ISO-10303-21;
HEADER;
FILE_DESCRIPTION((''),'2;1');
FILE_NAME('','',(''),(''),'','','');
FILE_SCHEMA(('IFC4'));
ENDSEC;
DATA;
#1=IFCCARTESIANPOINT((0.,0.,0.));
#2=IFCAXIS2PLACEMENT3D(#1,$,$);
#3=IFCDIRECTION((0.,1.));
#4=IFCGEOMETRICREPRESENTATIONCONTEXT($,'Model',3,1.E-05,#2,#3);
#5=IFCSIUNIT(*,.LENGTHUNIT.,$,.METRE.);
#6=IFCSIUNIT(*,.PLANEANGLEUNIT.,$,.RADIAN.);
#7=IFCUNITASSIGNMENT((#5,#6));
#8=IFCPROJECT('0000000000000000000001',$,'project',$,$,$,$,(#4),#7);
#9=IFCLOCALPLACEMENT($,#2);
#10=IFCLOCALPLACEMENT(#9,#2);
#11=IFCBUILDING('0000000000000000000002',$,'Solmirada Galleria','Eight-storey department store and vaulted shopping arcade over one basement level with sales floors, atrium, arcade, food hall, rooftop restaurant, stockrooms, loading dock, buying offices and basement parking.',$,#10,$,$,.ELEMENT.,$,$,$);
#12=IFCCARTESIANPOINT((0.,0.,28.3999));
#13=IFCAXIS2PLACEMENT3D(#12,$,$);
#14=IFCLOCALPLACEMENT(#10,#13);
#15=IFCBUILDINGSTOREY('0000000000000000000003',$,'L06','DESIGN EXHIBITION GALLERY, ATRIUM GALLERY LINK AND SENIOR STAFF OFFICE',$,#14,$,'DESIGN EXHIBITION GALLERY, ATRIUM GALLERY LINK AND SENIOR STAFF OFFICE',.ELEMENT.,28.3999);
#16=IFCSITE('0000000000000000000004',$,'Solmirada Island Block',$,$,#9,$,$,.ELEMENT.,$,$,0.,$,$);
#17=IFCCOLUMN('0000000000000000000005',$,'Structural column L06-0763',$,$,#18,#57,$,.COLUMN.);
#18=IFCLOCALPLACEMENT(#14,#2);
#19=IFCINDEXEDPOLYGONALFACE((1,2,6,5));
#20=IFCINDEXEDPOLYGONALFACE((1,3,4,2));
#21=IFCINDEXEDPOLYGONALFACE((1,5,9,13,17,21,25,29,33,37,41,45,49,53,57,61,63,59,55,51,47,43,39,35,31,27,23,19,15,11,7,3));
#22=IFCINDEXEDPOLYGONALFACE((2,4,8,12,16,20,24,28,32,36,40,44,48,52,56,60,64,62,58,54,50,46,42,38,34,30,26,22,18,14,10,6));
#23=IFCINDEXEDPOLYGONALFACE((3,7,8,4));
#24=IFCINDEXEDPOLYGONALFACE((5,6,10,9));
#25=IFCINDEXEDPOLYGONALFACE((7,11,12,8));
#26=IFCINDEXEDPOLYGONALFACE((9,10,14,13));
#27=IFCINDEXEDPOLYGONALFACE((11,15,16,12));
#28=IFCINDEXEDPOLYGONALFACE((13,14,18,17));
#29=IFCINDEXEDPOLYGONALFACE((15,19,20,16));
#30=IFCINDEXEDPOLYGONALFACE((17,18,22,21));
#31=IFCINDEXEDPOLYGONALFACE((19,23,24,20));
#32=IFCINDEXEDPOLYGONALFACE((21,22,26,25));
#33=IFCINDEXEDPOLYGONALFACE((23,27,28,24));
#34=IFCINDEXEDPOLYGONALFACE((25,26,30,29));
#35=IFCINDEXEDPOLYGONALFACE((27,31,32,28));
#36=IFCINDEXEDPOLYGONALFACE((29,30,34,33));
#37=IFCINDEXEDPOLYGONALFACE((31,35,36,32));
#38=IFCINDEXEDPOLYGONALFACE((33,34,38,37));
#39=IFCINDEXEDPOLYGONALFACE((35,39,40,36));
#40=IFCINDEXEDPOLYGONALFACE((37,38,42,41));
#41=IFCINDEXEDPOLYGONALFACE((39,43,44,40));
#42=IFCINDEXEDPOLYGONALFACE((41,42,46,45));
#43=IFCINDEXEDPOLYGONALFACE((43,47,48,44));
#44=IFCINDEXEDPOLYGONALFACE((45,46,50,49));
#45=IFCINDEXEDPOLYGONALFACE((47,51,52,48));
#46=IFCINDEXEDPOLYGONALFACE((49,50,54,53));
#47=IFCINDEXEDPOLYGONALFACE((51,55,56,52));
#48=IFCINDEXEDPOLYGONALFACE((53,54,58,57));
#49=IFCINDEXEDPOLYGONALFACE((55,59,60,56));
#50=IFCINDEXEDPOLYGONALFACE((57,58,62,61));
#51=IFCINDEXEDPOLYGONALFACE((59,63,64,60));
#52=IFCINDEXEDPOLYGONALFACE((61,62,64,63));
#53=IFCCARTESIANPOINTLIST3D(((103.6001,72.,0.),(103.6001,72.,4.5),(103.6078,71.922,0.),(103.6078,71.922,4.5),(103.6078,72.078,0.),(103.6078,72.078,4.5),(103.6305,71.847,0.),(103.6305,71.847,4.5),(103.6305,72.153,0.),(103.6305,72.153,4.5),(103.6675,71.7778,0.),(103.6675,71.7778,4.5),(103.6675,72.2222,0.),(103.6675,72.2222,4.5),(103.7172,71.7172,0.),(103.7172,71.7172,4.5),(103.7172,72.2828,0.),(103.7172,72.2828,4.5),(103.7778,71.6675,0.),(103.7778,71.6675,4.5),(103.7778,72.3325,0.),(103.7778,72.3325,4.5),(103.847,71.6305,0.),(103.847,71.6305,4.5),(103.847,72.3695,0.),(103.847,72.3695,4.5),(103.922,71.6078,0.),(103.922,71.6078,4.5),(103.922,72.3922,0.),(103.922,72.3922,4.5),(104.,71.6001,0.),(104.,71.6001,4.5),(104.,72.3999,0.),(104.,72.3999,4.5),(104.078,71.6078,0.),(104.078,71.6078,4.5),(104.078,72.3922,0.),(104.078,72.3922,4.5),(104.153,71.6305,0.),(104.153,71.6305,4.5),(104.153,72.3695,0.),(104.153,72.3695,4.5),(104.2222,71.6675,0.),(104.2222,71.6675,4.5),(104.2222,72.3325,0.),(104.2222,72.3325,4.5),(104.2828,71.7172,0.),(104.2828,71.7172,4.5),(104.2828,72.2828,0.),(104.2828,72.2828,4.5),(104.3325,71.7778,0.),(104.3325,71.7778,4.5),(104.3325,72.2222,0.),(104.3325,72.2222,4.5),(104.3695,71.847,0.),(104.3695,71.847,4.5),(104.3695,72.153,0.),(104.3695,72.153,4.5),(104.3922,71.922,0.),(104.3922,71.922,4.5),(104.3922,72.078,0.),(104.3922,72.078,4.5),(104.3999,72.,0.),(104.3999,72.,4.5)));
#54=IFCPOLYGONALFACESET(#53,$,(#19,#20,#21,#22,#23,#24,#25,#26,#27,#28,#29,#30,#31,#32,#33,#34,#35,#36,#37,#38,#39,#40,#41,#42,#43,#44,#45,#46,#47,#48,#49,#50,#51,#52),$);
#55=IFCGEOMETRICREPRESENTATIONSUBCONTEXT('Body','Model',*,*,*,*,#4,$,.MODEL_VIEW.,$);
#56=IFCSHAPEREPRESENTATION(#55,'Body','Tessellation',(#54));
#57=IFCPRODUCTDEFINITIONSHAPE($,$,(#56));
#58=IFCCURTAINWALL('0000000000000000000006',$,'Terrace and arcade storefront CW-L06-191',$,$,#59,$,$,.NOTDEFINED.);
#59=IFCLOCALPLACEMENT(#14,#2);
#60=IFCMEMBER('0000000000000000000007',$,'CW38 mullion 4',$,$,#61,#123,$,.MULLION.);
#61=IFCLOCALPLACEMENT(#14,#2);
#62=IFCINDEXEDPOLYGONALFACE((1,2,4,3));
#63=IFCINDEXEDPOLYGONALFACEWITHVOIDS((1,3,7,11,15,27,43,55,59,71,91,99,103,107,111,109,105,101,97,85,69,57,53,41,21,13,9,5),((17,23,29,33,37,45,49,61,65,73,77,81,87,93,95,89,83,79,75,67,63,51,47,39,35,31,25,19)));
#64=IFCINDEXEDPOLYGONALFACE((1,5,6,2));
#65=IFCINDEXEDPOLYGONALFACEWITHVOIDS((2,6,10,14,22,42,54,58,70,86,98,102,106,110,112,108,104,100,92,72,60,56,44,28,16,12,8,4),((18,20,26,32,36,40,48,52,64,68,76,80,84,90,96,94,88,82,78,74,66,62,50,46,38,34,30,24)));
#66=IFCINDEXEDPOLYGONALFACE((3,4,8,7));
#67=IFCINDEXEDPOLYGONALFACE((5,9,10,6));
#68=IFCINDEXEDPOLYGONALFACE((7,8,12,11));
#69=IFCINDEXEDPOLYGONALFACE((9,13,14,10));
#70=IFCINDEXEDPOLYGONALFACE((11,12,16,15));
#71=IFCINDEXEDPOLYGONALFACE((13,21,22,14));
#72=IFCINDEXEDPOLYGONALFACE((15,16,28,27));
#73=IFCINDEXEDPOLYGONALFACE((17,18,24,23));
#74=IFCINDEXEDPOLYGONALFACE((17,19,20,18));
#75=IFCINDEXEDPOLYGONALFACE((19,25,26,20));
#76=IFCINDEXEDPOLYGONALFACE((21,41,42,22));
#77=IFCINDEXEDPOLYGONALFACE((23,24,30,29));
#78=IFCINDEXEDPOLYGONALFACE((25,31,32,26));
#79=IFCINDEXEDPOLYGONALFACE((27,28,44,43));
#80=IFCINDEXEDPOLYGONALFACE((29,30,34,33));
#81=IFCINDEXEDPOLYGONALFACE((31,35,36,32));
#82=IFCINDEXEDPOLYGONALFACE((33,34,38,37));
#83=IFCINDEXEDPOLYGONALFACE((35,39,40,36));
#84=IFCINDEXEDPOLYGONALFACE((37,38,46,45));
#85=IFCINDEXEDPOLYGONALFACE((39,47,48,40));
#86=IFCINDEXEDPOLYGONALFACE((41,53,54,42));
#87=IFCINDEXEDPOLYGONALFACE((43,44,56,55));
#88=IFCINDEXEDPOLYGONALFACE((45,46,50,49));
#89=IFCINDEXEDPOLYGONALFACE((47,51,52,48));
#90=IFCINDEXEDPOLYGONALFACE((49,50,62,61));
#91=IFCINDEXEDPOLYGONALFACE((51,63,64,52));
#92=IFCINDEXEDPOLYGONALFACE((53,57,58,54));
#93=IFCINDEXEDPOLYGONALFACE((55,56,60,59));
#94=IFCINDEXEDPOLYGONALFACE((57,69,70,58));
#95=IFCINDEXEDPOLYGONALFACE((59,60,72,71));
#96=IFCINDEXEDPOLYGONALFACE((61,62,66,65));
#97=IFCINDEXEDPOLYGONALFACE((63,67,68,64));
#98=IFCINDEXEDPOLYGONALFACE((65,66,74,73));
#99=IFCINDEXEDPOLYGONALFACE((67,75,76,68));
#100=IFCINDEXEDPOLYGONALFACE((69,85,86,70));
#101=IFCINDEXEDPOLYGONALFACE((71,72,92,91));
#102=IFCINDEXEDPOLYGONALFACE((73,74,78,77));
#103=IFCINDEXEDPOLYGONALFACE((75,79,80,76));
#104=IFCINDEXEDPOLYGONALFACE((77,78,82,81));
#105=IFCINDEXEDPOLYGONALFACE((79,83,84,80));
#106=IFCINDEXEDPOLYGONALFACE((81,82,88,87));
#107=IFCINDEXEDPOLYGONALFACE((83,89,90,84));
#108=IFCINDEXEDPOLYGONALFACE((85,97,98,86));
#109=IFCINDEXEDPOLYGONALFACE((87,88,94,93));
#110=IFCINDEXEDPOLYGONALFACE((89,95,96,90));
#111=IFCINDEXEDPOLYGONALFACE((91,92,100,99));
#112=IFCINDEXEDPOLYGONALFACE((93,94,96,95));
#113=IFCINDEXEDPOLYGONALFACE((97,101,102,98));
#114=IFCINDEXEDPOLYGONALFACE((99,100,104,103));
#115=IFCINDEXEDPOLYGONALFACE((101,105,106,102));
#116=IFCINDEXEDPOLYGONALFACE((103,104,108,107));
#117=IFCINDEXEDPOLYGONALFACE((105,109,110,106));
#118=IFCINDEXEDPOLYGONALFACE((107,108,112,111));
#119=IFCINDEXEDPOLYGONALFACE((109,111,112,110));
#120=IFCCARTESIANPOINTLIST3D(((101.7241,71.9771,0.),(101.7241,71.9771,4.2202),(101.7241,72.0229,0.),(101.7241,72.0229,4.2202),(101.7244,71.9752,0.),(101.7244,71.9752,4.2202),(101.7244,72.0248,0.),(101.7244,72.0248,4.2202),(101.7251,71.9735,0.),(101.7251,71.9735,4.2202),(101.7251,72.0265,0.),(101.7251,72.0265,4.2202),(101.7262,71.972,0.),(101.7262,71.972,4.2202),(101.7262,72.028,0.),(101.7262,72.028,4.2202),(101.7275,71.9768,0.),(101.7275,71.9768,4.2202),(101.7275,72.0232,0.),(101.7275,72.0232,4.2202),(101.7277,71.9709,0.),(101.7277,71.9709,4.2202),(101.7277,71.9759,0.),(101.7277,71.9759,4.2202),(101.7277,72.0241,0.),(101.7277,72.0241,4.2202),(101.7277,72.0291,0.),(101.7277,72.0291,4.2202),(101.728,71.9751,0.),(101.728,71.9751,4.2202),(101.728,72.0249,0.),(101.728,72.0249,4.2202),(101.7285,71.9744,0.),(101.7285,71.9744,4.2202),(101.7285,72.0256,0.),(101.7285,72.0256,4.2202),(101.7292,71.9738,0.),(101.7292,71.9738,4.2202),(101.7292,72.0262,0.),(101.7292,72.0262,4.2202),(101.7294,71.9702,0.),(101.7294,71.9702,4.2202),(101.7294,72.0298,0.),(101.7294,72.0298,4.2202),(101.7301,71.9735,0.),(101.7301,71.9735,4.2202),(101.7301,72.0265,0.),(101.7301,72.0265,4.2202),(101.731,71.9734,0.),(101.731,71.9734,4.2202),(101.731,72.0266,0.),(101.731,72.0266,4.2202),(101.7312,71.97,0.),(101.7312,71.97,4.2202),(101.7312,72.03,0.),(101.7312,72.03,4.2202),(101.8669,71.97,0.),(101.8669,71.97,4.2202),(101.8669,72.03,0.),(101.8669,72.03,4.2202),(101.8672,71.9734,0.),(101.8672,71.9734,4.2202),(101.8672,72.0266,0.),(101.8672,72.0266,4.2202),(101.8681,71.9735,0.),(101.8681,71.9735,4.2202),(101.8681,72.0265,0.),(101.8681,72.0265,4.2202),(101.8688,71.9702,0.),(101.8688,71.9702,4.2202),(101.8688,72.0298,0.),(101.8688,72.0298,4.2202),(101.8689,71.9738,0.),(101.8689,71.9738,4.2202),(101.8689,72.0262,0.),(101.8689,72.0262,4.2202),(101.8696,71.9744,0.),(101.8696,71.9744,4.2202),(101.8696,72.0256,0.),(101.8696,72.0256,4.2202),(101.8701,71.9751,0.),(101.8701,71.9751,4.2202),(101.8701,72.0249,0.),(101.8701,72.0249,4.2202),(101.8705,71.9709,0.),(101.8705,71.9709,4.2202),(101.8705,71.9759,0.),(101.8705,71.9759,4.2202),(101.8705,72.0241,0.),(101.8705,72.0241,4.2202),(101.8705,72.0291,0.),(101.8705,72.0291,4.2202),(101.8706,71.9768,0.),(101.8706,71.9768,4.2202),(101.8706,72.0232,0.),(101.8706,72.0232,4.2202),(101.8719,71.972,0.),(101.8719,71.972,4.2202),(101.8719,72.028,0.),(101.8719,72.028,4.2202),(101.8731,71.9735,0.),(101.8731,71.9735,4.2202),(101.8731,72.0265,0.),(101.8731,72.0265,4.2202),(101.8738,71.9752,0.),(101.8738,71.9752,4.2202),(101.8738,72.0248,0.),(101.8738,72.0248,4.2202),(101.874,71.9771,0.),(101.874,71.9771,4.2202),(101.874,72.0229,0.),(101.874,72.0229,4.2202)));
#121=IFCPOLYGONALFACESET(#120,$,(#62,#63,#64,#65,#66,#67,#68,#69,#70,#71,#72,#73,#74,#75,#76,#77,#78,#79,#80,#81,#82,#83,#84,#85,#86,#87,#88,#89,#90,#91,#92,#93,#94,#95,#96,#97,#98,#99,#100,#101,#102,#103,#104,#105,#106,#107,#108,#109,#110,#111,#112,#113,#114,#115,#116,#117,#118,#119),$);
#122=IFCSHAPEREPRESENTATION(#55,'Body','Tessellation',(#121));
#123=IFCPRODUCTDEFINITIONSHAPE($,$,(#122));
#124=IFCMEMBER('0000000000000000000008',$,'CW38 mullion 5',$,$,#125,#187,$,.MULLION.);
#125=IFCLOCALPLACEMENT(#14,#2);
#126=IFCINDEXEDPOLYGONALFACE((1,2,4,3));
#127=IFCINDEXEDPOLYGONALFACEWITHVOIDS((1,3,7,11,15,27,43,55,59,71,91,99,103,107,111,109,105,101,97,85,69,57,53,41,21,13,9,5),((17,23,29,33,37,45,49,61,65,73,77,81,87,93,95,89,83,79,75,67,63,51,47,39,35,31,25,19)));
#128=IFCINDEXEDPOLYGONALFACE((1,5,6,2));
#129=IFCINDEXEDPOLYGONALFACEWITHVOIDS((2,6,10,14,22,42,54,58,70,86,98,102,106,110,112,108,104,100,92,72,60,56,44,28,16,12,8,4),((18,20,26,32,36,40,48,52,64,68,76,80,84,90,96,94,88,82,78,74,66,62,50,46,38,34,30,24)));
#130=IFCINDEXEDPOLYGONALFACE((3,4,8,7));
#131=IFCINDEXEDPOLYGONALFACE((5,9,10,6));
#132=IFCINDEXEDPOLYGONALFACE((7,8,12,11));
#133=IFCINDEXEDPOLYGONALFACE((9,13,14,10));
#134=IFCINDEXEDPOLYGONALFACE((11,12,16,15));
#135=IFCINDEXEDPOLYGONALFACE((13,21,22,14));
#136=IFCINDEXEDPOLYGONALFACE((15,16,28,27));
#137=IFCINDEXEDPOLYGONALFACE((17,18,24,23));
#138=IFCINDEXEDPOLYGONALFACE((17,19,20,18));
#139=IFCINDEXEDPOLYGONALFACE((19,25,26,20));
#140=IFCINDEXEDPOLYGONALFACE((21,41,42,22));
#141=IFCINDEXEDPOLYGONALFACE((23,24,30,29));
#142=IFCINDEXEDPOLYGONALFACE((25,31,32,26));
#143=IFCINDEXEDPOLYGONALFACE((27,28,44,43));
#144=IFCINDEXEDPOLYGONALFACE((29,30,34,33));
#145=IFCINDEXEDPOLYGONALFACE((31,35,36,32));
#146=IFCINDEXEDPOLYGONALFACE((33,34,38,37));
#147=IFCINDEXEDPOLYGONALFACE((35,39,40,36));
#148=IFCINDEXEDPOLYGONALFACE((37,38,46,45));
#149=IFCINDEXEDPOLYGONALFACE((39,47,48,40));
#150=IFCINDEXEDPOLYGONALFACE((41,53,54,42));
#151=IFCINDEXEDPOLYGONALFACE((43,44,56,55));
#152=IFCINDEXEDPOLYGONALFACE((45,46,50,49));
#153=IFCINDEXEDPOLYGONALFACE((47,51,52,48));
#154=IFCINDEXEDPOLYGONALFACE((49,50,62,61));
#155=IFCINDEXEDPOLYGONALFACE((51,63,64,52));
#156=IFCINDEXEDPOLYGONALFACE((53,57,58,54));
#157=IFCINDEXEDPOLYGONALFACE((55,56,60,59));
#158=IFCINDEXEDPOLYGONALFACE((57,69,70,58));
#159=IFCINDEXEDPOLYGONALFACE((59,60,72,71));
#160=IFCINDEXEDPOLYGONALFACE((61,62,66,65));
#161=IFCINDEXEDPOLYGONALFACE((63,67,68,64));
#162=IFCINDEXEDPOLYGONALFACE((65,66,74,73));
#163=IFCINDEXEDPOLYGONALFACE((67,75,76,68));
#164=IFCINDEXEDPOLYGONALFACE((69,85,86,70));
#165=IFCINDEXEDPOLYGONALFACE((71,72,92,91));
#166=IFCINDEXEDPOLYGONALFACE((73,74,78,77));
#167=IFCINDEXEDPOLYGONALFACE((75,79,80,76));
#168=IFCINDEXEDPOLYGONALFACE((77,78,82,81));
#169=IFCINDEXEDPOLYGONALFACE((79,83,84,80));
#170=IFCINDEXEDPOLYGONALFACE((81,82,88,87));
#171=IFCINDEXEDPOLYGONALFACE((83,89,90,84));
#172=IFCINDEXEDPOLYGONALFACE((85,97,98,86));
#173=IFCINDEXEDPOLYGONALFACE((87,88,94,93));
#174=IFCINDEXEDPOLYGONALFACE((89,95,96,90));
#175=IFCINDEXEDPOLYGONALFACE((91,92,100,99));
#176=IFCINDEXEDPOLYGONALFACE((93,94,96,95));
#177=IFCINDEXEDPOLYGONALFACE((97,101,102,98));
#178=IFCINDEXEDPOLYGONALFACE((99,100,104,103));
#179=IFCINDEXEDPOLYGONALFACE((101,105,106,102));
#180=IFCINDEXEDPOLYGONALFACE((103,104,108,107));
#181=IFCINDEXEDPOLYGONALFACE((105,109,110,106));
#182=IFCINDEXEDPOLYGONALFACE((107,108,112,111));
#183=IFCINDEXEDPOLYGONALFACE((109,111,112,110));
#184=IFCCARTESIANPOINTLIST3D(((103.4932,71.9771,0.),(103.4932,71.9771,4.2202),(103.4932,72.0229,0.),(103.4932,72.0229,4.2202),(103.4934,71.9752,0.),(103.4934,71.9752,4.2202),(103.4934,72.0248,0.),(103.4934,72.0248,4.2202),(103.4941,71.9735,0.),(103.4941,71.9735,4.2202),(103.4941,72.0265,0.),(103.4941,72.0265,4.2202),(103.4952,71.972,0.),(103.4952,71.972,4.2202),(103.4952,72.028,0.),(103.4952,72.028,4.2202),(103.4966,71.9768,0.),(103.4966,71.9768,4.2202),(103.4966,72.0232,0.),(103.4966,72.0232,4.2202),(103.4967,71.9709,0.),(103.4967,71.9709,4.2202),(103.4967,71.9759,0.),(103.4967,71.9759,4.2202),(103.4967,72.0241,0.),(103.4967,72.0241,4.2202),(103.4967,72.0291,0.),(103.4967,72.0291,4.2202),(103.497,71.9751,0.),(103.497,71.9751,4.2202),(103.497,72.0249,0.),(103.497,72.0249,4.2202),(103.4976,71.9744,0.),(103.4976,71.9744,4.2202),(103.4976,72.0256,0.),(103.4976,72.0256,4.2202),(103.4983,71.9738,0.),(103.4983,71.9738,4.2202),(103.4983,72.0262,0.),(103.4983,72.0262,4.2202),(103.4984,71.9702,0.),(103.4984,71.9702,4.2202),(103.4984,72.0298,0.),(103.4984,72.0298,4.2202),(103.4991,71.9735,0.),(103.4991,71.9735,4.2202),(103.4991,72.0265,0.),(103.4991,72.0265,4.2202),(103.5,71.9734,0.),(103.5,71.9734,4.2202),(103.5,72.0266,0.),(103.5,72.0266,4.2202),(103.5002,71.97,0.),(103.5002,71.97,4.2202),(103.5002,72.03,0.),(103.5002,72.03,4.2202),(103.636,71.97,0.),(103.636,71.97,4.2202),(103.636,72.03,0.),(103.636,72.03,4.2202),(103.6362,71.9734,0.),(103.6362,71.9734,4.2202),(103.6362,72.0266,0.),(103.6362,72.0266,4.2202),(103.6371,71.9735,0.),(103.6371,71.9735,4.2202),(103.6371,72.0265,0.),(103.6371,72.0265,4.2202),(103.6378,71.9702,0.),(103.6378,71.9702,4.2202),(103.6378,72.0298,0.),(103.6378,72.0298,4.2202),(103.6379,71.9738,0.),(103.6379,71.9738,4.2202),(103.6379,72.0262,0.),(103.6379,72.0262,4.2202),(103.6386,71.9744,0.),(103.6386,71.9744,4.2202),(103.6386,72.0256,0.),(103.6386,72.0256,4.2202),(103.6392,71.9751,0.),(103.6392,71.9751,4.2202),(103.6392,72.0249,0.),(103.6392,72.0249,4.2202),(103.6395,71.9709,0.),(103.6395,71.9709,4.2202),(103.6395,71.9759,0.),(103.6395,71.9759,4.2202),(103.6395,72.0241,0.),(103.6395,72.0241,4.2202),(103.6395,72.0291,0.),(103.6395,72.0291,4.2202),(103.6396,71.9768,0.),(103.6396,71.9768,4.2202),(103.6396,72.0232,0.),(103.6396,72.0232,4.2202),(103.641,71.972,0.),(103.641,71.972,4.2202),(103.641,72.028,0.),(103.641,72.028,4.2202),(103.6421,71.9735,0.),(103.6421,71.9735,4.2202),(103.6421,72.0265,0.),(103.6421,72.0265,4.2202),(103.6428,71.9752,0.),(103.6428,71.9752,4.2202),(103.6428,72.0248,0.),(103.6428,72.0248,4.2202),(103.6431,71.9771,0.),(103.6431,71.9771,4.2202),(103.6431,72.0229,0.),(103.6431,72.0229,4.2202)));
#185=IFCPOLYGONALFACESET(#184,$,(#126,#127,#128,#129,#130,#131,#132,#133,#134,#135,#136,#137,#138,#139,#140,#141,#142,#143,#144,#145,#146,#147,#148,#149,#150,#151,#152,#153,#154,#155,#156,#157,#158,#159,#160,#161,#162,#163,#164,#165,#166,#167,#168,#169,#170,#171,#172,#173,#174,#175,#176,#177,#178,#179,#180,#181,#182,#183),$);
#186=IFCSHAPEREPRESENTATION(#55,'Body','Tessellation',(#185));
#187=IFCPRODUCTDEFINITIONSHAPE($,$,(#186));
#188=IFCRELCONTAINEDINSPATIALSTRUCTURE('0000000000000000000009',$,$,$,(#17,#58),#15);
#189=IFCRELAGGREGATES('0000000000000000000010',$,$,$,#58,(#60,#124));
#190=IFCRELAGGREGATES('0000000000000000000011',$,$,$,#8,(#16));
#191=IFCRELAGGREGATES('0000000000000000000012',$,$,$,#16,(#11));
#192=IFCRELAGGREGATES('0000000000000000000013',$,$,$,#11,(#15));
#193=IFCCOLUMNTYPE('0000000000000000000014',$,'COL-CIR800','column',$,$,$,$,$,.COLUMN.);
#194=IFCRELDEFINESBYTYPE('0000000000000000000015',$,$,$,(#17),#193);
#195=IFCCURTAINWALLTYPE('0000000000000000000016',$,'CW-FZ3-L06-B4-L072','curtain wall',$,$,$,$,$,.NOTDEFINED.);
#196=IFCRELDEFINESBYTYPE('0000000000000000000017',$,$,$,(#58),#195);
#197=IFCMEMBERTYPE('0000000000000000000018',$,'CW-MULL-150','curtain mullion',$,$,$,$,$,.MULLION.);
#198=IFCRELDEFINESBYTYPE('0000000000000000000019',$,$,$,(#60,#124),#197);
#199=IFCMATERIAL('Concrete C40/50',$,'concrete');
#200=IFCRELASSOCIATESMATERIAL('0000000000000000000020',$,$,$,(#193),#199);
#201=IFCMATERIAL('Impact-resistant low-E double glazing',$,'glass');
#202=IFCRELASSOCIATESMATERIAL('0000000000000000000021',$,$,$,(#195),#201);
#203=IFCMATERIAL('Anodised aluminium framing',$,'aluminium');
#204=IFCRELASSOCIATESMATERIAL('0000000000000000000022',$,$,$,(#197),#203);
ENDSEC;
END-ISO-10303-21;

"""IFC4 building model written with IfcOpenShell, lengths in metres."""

from ifc_helpers import new_model, si_unit, direction, frame, origin, origin_2d, place, context, subcontext, project, spatial, hollow_rectangle, circle, extrude, material, material_profile, profile_set, type_object, element, aggregate, save


model = new_model("IFC4")

# Units and contexts
model_context = context("Model", 3, precision=1e-05, world=origin(), true_north=direction((0.0, 1.0)))
body_context = subcontext(model_context, "Body", "Model", "MODEL_VIEW")
ifc_project = project(units=[si_unit("LENGTHUNIT", "METRE"), si_unit("PLANEANGLEUNIT", "RADIAN")], contexts=[model_context])

# Site, building, storey
site_placement = place(None, origin())
site = spatial("IfcSite", under=ifc_project, at=site_placement, Name="Solmirada Island Block", CompositionType="ELEMENT", RefElevation=0.0)
building_placement = place(site_placement, origin())
building = spatial("IfcBuilding", under=site, at=building_placement, Name="Solmirada Galleria", Description="Eight-storey department store and vaulted shopping arcade over one basement level with sales floors, atrium, arcade, food hall, rooftop restaurant, stockrooms, loading dock, buying offices and basement parking.", CompositionType="ELEMENT")
storey_placement = place(building_placement, frame((0.0, 0.0, 28.3999)))
storey = spatial("IfcBuildingStorey", under=building, at=storey_placement, Name="L06", Description="DESIGN EXHIBITION GALLERY, ATRIUM GALLERY LINK AND SENIOR STAFF OFFICE", LongName="DESIGN EXHIBITION GALLERY, ATRIUM GALLERY LINK AND SENIOR STAFF OFFICE", CompositionType="ELEMENT", Elevation=28.3999)

# Column
ifc_material_1 = material(Name="Concrete C40/50", Category="concrete")
ifc_material_profile_1 = material_profile(ifc_material_1, circle(Radius=0.3999, at=origin_2d()), Name="RCCOL800")
ifc_profile_set_1 = profile_set([ifc_material_profile_1], Name="Concrete C40/50")
column_type = type_object("IfcColumnType", Name="COL-CIR800", Description="column", PredefinedType="COLUMN", material=ifc_profile_set_1)
column_placement = place(storey_placement, frame((104.0, 72.0, 0.0), z_axis=(0.0, 0.0, 1.0), x_axis=(1.0, 0.0, 0.0)))
element("IfcColumn", 1, at=column_placement, inside=storey, type_object=column_type, Name="Structural column L06-0763", PredefinedType="COLUMN", context=body_context, shape_type="SweptSolid", body=[
    extrude(circle(Radius=0.3999, at=origin_2d()), origin(), (0.0, 0.0, 1.0), 4.5),
])

# Curtain wall, members
ifc_material_2 = material(Name="Impact-resistant low-E double glazing", Category="glass")
curtain_wall_type = type_object("IfcCurtainWallType", Name="CW-FZ3-L06-B4-L072", Description="curtain wall", PredefinedType="NOTDEFINED", material=ifc_material_2)
curtain_wall_1_placement = place(storey_placement, origin())
curtain_wall_1 = element("IfcCurtainWall", 2, at=curtain_wall_1_placement, inside=storey, type_object=curtain_wall_type, Name="Terrace and arcade storefront CW-L06-191", PredefinedType="NOTDEFINED")
ifc_material_3 = material(Name="Anodised aluminium framing", Category="aluminium")
ifc_material_profile_2 = material_profile(ifc_material_3, hollow_rectangle(XDim=0.0601, YDim=0.1499, WallThickness=0.0034, InnerFilletRadius=0.0034, OuterFilletRadius=0.0071, at=origin_2d()), Name="ALU-MULL-150X60")
ifc_profile_set_2 = profile_set([ifc_material_profile_2], Name="Anodised aluminium framing")
member_type_1 = type_object("IfcMemberType", Name="CW-MULL-150", Description="curtain mullion", PredefinedType="MULLION", material=ifc_profile_set_2)
member_1_placement = place(storey_placement, frame((101.7991, 72.0, 0.0), z_axis=(0.0, 0.0, 1.0), x_axis=(0.0, 1.0, 0.0)))
member_1 = element("IfcMember", 3, at=member_1_placement, type_object=member_type_1, Name="CW38 mullion 4", PredefinedType="MULLION", context=body_context, shape_type="SweptSolid", body=[
    extrude(hollow_rectangle(XDim=0.0601, YDim=0.1499, WallThickness=0.0034, InnerFilletRadius=0.0034, OuterFilletRadius=0.0071, at=origin_2d()), origin(), (0.0, 0.0, 1.0), 4.2202),
])
member_2_placement = place(storey_placement, frame((103.5681, 72.0, 0.0), z_axis=(0.0, 0.0, 1.0), x_axis=(0.0, 1.0, 0.0)))
member_2 = element("IfcMember", 4, at=member_2_placement, type_object=member_type_1, Name="CW38 mullion 5", PredefinedType="MULLION", context=body_context, shape_type="SweptSolid", body=[
    extrude(hollow_rectangle(XDim=0.0601, YDim=0.1499, WallThickness=0.0034, InnerFilletRadius=0.0034, OuterFilletRadius=0.0071, at=origin_2d()), origin(), (0.0, 0.0, 1.0), 4.2202),
])

aggregate(curtain_wall_1, [member_1, member_2])

save(model, "model.ifc")
